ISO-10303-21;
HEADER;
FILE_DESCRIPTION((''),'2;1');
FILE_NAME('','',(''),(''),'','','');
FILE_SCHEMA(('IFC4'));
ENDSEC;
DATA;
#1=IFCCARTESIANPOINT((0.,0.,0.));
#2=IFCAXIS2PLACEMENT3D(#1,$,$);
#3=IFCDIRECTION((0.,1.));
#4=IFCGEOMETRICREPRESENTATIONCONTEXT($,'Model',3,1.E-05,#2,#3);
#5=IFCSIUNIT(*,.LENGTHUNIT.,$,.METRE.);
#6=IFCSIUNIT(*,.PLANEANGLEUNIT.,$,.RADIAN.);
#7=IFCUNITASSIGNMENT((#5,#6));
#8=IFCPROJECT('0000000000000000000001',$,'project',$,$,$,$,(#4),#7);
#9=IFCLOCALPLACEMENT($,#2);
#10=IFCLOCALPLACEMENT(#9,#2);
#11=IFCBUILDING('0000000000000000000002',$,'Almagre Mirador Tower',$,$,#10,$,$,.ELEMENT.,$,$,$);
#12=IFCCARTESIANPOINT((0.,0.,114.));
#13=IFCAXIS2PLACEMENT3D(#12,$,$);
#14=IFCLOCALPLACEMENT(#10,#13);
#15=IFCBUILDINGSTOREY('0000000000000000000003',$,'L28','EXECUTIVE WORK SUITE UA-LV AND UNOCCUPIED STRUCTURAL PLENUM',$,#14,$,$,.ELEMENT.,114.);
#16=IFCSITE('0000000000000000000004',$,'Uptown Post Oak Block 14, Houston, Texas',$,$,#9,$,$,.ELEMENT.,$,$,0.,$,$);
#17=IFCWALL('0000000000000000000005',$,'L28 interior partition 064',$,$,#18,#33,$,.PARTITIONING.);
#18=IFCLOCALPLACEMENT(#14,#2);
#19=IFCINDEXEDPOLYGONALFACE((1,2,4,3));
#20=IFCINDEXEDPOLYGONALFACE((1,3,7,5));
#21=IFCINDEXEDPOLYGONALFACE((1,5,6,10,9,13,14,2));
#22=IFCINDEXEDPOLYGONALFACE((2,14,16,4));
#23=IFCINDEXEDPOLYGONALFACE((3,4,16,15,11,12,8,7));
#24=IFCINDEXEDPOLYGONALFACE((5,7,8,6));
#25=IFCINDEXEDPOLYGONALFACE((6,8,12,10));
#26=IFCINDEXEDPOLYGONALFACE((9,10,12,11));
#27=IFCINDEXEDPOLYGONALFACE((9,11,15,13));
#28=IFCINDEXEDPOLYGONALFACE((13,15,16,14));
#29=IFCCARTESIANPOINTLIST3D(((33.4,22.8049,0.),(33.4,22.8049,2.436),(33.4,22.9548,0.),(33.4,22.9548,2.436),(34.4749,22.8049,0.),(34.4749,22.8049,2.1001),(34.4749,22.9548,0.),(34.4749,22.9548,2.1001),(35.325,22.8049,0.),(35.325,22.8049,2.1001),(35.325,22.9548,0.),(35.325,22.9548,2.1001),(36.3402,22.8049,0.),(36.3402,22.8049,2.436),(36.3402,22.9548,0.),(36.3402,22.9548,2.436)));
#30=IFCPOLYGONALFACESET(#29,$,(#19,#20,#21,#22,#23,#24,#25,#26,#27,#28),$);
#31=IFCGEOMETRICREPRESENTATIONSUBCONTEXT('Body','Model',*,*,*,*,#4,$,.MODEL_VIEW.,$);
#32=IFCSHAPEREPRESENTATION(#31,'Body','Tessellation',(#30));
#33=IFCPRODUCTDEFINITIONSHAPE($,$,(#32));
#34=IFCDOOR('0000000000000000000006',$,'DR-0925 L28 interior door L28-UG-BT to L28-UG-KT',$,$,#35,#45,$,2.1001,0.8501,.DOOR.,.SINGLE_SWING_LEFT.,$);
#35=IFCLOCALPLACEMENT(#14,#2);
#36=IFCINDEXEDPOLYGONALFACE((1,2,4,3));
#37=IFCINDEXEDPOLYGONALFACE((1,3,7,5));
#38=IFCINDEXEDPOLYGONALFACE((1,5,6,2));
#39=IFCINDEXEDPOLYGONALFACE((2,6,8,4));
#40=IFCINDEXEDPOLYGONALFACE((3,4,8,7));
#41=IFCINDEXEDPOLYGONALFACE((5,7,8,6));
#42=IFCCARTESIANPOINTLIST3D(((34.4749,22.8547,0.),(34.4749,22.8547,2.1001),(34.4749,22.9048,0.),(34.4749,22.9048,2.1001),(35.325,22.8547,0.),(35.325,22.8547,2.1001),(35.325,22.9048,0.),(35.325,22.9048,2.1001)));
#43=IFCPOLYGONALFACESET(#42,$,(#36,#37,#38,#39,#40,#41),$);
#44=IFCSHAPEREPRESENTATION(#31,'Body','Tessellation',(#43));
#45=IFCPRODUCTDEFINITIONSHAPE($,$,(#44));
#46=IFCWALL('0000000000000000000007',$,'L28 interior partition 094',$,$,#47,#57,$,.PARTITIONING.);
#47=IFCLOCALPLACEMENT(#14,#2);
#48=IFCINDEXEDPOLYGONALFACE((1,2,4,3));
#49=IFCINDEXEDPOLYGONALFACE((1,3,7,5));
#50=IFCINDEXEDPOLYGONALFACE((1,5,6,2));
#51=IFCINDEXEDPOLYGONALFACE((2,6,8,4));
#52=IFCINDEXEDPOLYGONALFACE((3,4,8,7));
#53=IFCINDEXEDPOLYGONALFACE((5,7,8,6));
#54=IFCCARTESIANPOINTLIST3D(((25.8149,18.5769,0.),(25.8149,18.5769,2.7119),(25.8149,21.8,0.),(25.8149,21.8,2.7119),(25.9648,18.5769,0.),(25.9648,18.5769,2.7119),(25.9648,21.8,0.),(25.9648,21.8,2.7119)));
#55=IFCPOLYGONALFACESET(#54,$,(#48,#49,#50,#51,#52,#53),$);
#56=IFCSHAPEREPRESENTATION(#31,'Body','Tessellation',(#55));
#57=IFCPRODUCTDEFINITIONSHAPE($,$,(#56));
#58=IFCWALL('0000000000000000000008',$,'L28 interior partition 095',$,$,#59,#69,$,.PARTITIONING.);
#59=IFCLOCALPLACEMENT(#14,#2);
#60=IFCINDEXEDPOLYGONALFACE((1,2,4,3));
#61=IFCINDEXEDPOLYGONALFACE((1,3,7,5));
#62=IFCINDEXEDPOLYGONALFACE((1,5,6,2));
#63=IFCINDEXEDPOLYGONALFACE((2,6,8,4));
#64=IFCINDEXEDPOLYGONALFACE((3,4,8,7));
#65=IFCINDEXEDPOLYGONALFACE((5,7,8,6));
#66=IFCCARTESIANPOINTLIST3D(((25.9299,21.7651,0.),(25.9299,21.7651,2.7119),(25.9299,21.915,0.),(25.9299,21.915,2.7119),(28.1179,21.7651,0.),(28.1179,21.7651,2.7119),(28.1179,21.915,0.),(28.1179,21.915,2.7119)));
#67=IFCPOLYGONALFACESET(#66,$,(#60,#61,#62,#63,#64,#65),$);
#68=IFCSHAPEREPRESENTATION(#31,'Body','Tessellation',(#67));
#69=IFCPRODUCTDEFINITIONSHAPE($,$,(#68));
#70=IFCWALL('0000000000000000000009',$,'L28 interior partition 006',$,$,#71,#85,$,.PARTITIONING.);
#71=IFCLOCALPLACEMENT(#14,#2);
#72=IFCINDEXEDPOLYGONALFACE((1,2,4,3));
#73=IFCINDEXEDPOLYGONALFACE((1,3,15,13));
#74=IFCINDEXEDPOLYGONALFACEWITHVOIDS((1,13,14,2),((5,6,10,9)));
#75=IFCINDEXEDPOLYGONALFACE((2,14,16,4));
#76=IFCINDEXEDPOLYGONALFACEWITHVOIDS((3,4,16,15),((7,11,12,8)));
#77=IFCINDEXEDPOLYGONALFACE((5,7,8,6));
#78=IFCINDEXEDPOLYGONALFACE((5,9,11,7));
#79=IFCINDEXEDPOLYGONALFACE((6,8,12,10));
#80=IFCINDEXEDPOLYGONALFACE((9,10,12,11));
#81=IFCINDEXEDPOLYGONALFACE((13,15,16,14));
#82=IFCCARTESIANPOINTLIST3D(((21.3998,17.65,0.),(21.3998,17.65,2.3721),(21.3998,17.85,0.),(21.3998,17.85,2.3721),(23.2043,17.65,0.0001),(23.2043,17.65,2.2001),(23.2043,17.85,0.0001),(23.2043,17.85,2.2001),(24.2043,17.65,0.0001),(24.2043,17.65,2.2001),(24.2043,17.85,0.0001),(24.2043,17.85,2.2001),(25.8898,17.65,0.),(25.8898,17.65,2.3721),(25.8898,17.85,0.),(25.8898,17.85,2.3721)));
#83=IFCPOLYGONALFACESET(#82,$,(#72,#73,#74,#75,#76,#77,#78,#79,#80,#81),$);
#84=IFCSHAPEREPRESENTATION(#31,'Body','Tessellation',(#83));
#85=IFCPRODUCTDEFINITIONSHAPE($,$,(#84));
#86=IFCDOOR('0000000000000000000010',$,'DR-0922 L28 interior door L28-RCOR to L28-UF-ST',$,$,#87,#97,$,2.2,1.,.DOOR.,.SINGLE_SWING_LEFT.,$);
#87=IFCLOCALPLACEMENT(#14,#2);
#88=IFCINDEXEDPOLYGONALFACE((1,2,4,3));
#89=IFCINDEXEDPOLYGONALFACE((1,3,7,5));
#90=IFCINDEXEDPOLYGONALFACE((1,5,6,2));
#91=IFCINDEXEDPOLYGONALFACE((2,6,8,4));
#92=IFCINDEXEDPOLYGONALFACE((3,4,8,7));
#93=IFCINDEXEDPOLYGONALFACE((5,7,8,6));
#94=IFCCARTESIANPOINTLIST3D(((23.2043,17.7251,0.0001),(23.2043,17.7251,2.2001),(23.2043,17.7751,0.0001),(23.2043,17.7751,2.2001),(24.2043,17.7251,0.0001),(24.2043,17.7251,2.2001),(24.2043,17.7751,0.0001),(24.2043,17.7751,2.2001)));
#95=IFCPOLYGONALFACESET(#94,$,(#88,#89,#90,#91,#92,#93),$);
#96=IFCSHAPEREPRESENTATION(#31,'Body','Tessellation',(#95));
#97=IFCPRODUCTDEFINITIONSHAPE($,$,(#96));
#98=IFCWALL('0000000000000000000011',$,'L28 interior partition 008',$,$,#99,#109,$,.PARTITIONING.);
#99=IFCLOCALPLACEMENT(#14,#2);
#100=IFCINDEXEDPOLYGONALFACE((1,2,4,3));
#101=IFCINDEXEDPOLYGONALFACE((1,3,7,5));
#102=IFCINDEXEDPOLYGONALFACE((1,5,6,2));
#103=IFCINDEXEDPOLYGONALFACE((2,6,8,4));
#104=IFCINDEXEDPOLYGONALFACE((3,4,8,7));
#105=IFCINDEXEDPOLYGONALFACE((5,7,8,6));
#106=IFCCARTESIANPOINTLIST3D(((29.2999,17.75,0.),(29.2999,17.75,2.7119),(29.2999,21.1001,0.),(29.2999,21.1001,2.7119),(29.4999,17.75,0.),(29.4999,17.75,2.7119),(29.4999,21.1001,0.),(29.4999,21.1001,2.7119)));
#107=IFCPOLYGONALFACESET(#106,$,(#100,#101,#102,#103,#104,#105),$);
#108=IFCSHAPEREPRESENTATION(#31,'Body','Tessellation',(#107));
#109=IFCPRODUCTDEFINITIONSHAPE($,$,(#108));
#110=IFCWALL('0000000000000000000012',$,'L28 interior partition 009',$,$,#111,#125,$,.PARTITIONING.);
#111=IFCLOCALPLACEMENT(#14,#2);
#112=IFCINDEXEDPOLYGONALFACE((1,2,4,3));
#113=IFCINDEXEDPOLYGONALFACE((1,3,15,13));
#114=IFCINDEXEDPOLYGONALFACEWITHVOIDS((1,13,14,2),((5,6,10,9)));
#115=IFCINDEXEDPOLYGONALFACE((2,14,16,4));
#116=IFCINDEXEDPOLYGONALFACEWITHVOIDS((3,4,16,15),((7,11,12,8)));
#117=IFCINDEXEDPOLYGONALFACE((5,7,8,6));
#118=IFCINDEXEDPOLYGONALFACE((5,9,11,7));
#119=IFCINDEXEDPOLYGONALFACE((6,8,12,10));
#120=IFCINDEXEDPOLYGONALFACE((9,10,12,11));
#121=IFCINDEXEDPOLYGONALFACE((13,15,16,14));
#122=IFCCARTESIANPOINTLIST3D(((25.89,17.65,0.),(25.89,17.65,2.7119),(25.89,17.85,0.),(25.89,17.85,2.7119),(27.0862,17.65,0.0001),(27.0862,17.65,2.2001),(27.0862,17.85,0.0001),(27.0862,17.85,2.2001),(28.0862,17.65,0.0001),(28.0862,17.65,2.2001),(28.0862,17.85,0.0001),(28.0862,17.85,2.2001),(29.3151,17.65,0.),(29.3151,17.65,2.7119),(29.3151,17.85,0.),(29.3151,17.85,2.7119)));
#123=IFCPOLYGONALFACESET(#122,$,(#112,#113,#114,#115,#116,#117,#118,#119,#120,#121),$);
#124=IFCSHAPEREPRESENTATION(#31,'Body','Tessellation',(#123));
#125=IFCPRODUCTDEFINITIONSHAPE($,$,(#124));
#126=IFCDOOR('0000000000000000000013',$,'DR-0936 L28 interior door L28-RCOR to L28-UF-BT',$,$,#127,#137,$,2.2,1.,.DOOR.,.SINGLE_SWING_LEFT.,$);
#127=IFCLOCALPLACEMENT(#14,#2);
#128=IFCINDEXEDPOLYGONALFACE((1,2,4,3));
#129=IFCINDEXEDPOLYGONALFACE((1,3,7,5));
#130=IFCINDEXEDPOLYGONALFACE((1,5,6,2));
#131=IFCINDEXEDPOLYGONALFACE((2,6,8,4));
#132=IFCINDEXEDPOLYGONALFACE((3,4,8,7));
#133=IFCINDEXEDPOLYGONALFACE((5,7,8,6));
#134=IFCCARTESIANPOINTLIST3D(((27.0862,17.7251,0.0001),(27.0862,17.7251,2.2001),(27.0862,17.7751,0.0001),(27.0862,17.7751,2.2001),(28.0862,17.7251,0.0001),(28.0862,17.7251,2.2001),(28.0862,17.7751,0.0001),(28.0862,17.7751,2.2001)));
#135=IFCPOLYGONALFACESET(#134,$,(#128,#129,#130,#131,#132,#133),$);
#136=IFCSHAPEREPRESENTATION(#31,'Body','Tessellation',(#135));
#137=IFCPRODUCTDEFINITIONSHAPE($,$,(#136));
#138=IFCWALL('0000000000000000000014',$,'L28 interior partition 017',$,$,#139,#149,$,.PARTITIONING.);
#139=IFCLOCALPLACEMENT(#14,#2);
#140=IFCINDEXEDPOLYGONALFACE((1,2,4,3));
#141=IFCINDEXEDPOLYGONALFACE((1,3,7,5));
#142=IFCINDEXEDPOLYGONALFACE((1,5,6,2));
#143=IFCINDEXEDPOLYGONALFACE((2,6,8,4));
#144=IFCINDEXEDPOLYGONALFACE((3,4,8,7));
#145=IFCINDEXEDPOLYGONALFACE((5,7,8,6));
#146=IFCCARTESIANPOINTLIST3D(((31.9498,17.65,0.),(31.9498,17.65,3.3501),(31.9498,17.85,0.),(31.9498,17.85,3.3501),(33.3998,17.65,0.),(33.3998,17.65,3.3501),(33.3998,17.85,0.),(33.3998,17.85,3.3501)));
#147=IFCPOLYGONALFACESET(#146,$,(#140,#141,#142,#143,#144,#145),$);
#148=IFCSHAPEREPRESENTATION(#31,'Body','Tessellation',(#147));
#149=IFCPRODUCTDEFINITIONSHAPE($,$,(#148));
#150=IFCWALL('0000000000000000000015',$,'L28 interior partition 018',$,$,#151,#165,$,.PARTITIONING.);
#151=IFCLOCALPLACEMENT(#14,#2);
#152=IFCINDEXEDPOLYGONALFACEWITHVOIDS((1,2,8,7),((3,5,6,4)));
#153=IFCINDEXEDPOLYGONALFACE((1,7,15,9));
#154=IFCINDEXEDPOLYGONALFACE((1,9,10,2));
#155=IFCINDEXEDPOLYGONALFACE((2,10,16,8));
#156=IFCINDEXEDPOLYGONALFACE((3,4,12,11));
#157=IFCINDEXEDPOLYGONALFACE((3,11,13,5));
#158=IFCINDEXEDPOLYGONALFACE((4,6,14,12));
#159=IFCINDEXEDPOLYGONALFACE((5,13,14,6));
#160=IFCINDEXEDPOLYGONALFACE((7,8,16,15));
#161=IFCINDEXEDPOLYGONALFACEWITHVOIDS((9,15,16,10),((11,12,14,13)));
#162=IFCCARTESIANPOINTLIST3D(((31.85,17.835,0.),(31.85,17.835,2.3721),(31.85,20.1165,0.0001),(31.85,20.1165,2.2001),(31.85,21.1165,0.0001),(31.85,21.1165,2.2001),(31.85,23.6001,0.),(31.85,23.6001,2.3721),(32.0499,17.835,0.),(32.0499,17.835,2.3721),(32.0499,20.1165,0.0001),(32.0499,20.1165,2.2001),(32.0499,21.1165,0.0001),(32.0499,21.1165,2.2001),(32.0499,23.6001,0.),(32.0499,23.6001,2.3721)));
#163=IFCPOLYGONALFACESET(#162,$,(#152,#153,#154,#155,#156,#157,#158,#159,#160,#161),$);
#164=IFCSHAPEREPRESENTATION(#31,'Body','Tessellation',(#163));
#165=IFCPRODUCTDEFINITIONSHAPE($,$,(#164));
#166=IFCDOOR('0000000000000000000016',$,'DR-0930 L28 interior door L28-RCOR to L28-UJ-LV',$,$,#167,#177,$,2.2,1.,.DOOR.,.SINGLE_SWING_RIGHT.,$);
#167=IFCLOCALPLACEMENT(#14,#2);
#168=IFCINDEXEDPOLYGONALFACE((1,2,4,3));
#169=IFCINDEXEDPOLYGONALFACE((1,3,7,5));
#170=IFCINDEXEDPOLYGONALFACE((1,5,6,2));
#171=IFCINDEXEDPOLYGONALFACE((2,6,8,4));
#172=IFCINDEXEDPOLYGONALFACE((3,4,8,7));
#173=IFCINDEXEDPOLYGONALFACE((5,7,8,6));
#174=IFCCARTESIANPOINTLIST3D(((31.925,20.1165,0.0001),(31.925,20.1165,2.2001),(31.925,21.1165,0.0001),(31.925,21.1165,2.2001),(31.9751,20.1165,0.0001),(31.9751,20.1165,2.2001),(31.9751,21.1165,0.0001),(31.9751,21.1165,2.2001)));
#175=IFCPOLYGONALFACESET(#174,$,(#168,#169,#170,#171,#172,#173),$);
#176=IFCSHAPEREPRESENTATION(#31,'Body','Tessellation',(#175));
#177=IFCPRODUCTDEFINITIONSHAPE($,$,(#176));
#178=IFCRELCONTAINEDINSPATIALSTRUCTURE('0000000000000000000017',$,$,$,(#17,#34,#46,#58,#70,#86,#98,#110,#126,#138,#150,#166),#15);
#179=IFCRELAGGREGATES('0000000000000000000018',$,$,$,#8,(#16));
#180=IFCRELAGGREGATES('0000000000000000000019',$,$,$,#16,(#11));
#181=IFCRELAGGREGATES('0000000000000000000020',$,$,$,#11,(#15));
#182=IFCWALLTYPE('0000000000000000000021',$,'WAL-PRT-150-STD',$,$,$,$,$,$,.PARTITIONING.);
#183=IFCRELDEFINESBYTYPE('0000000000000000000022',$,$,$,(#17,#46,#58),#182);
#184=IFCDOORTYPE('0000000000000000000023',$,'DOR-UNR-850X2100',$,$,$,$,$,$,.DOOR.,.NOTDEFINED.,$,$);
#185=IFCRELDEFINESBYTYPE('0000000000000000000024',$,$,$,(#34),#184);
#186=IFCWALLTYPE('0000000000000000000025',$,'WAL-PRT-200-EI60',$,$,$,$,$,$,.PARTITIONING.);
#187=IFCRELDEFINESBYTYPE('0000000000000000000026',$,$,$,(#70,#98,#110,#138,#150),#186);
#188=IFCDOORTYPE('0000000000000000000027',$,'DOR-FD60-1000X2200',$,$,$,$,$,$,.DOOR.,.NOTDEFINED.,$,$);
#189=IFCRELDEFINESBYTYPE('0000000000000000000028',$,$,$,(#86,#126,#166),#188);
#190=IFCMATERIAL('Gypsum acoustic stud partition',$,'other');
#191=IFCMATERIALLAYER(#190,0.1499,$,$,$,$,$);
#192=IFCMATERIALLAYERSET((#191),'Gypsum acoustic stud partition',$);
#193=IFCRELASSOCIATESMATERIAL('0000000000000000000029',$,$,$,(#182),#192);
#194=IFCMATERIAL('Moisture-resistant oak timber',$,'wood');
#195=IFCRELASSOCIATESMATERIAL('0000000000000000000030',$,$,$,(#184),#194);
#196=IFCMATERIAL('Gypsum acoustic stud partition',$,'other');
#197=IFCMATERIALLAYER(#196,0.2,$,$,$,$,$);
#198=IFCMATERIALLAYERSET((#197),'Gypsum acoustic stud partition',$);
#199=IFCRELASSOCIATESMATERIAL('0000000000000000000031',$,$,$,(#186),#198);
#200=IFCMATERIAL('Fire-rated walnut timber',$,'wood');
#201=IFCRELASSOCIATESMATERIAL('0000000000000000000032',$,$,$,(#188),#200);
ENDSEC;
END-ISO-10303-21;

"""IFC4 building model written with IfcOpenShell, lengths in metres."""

from ifc_helpers import new_model, si_unit, direction, frame, frame_2d, origin, place, context, subcontext, project, spatial, rectangle, extrude, material, layer, layer_set, type_object, element, fill, save


model = new_model("IFC4")

# Units and contexts
model_context = context("Model", 3, precision=1e-05, world=origin(), true_north=direction((0.0, 1.0)))
body_context = subcontext(model_context, "Body", "Model", "MODEL_VIEW")
ifc_project = project(units=[si_unit("LENGTHUNIT", "METRE"), si_unit("PLANEANGLEUNIT", "RADIAN")], contexts=[model_context])

# Site, building, storey
site_placement = place(None, origin())
site = spatial("IfcSite", under=ifc_project, at=site_placement, Name="Uptown Post Oak Block 14, Houston, Texas", CompositionType="ELEMENT", RefElevation=0.0)
building_placement = place(site_placement, origin())
building = spatial("IfcBuilding", under=site, at=building_placement, Name="Almagre Mirador Tower", CompositionType="ELEMENT")
storey_placement = place(building_placement, frame((0.0, 0.0, 114.0)))
storey = spatial("IfcBuildingStorey", under=building, at=storey_placement, Name="L28", Description="EXECUTIVE WORK SUITE UA-LV AND UNOCCUPIED STRUCTURAL PLENUM", CompositionType="ELEMENT", Elevation=114.0)

# Shared definitions
ifc_material_1 = material(Name="Gypsum acoustic stud partition", Category="other")
ifc_layer_1 = layer(ifc_material_1, 0.1499)
ifc_layer_set_1 = layer_set([ifc_layer_1], Name="Gypsum acoustic stud partition")
wall_type_1 = type_object("IfcWallType", Name="WAL-PRT-150-STD", PredefinedType="PARTITIONING", material=ifc_layer_set_1)

# Wall, opening, door
wall_1_placement = place(storey_placement, frame((33.3999, 22.8799, 0.0), z_axis=(0.0, 0.0, 1.0), x_axis=(1.0, 0.0, 0.0)))
wall_1 = element("IfcWall", 1, at=wall_1_placement, inside=storey, type_object=wall_type_1, Name="L28 interior partition 064", PredefinedType="PARTITIONING", context=body_context, shape_type="SweptSolid", body=[
    extrude(rectangle(XDim=2.9402, YDim=0.1499, at=frame_2d((1.4702, 0.0))), origin(), (0.0, 0.0, 1.0), 2.436),
])
opening_1_placement = place(wall_1_placement, frame((1.075, 0.0, 0.0)))
opening_1 = element("IfcOpeningElement", 2, at=opening_1_placement, cuts=wall_1, PredefinedType="OPENING", context=body_context, shape_type="SweptSolid", body=[
    extrude(rectangle(XDim=0.8501, YDim=2.1001, at=frame_2d((0.425, 1.05))), frame((0.0, 0.085, 0.0), z_axis=(0.0, -1.0, 0.0), x_axis=(1.0, 0.0, 0.0)), (0.0, 0.0, 1.0), 0.1699),
])
ifc_material_2 = material(Name="Moisture-resistant oak timber", Category="wood")
door_type_1 = type_object("IfcDoorType", Name="DOR-UNR-850X2100", OperationType="NOTDEFINED", PredefinedType="DOOR", material=ifc_material_2)
door_1_placement = place(opening_1_placement, origin())
door_1 = element("IfcDoor", 3, at=door_1_placement, inside=storey, type_object=door_type_1, Name="DR-0925 L28 interior door L28-UG-BT to L28-UG-KT", OperationType="SINGLE_SWING_LEFT", OverallHeight=2.1001, OverallWidth=0.8501, PredefinedType="DOOR", context=body_context, shape_type="SweptSolid", body=[
    extrude(rectangle(XDim=0.8501, YDim=2.1001, at=frame_2d((0.425, 1.05))), frame((0.0, 0.0249, 0.0), z_axis=(0.0, -1.0, 0.0), x_axis=(1.0, 0.0, 0.0)), (0.0, 0.0, 1.0), 0.05),
])
fill(opening_1, door_1)

# Walls
wall_2_placement = place(storey_placement, frame((25.8899, 18.5769, 0.0), z_axis=(0.0, 0.0, 1.0), x_axis=(0.0, 1.0, 0.0)))
element("IfcWall", 4, at=wall_2_placement, inside=storey, type_object=wall_type_1, Name="L28 interior partition 094", PredefinedType="PARTITIONING", context=body_context, shape_type="SweptSolid", body=[
    extrude(rectangle(XDim=3.2231, YDim=0.1499, at=frame_2d((1.6116, 0.0))), origin(), (0.0, 0.0, 1.0), 2.7119),
])
wall_3_placement = place(storey_placement, frame((25.9299, 21.8401, 0.0), z_axis=(0.0, 0.0, 1.0), x_axis=(1.0, 0.0, 0.0)))
element("IfcWall", 5, at=wall_3_placement, inside=storey, type_object=wall_type_1, Name="L28 interior partition 095", PredefinedType="PARTITIONING", context=body_context, shape_type="SweptSolid", body=[
    extrude(rectangle(XDim=2.188, YDim=0.1499, at=frame_2d((1.094, 0.0))), origin(), (0.0, 0.0, 1.0), 2.7119),
])

# Wall, opening, door
ifc_material_3 = material(Name="Gypsum acoustic stud partition", Category="other")
ifc_layer_2 = layer(ifc_material_3, 0.2)
ifc_layer_set_2 = layer_set([ifc_layer_2], Name="Gypsum acoustic stud partition")
wall_type_2 = type_object("IfcWallType", Name="WAL-PRT-200-EI60", PredefinedType="PARTITIONING", material=ifc_layer_set_2)
wall_4_placement = place(storey_placement, frame((25.8899, 17.75, 0.0), z_axis=(0.0, 0.0, 1.0), x_axis=(-1.0, 0.0, 0.0)))
wall_4 = element("IfcWall", 6, at=wall_4_placement, inside=storey, type_object=wall_type_2, Name="L28 interior partition 006", PredefinedType="PARTITIONING", context=body_context, shape_type="SweptSolid", body=[
    extrude(rectangle(XDim=4.49, YDim=0.2, at=frame_2d((2.2451, 0.0))), origin(), (0.0, 0.0, 1.0), 2.3721),
])
opening_2_placement = place(wall_4_placement, frame((1.6855, 0.0, 0.0)))
opening_2 = element("IfcOpeningElement", 7, at=opening_2_placement, cuts=wall_4, PredefinedType="OPENING", context=body_context, shape_type="SweptSolid", body=[
    extrude(rectangle(XDim=1.0, YDim=2.2, at=frame_2d((0.5, 1.1001))), frame((0.0, 0.1101, 0.0), z_axis=(0.0, -1.0, 0.0), x_axis=(1.0, 0.0, 0.0)), (0.0, 0.0, 1.0), 0.22),
])
ifc_material_4 = material(Name="Fire-rated walnut timber", Category="wood")
door_type_2 = type_object("IfcDoorType", Name="DOR-FD60-1000X2200", OperationType="NOTDEFINED", PredefinedType="DOOR", material=ifc_material_4)
door_2_placement = place(opening_2_placement, origin())
door_2 = element("IfcDoor", 8, at=door_2_placement, inside=storey, type_object=door_type_2, Name="DR-0922 L28 interior door L28-RCOR to L28-UF-ST", OperationType="SINGLE_SWING_LEFT", OverallHeight=2.2, OverallWidth=1.0, PredefinedType="DOOR", context=body_context, shape_type="SweptSolid", body=[
    extrude(rectangle(XDim=1.0, YDim=2.2, at=frame_2d((0.5, 1.1001))), frame((0.0, 0.0249, 0.0), z_axis=(0.0, -1.0, 0.0), x_axis=(1.0, 0.0, 0.0)), (0.0, 0.0, 1.0), 0.05),
])
fill(opening_2, door_2)

# Wall
wall_5_placement = place(storey_placement, frame((29.3999, 21.1001, 0.0), z_axis=(0.0, 0.0, 1.0), x_axis=(0.0, -1.0, 0.0)))
element("IfcWall", 9, at=wall_5_placement, inside=storey, type_object=wall_type_2, Name="L28 interior partition 008", PredefinedType="PARTITIONING", context=body_context, shape_type="SweptSolid", body=[
    extrude(rectangle(XDim=3.3501, YDim=0.2, at=frame_2d((1.675, 0.0))), origin(), (0.0, 0.0, 1.0), 2.7119),
])

# Wall, opening, door
wall_6_placement = place(storey_placement, frame((29.3149, 17.75, 0.0), z_axis=(0.0, 0.0, 1.0), x_axis=(-1.0, 0.0, 0.0)))
wall_6 = element("IfcWall", 10, at=wall_6_placement, inside=storey, type_object=wall_type_2, Name="L28 interior partition 009", PredefinedType="PARTITIONING", context=body_context, shape_type="SweptSolid", body=[
    extrude(rectangle(XDim=3.425, YDim=0.2, at=frame_2d((1.7124, 0.0))), origin(), (0.0, 0.0, 1.0), 2.7119),
])
opening_3_placement = place(wall_6_placement, frame((1.2288, 0.0, 0.0)))
opening_3 = element("IfcOpeningElement", 11, at=opening_3_placement, cuts=wall_6, PredefinedType="OPENING", context=body_context, shape_type="SweptSolid", body=[
    extrude(rectangle(XDim=1.0, YDim=2.2, at=frame_2d((0.5, 1.1001))), frame((0.0, 0.1101, 0.0), z_axis=(0.0, -1.0, 0.0), x_axis=(1.0, 0.0, 0.0)), (0.0, 0.0, 1.0), 0.22),
])
door_3_placement = place(opening_3_placement, origin())
door_3 = element("IfcDoor", 12, at=door_3_placement, inside=storey, type_object=door_type_2, Name="DR-0936 L28 interior door L28-RCOR to L28-UF-BT", OperationType="SINGLE_SWING_LEFT", OverallHeight=2.2, OverallWidth=1.0, PredefinedType="DOOR", context=body_context, shape_type="SweptSolid", body=[
    extrude(rectangle(XDim=1.0, YDim=2.2, at=frame_2d((0.5, 1.1001))), frame((0.0, 0.0249, 0.0), z_axis=(0.0, -1.0, 0.0), x_axis=(1.0, 0.0, 0.0)), (0.0, 0.0, 1.0), 0.05),
])
fill(opening_3, door_3)

# Wall
wall_7_placement = place(storey_placement, frame((33.3999, 17.75, 0.0), z_axis=(0.0, 0.0, 1.0), x_axis=(-1.0, 0.0, 0.0)))
element("IfcWall", 13, at=wall_7_placement, inside=storey, type_object=wall_type_2, Name="L28 interior partition 017", PredefinedType="PARTITIONING", context=body_context, shape_type="SweptSolid", body=[
    extrude(rectangle(XDim=1.45, YDim=0.2, at=frame_2d((0.7251, 0.0))), origin(), (0.0, 0.0, 1.0), 3.3501),
])

# Wall, opening, door
wall_8_placement = place(storey_placement, frame((31.95, 17.835, 0.0), z_axis=(0.0, 0.0, 1.0), x_axis=(0.0, 1.0, 0.0)))
wall_8 = element("IfcWall", 14, at=wall_8_placement, inside=storey, type_object=wall_type_2, Name="L28 interior partition 018", PredefinedType="PARTITIONING", context=body_context, shape_type="SweptSolid", body=[
    extrude(rectangle(XDim=5.7651, YDim=0.2, at=frame_2d((2.8826, 0.0))), origin(), (0.0, 0.0, 1.0), 2.3721),
])
opening_4_placement = place(wall_8_placement, frame((2.2815, 0.0, 0.0)))
opening_4 = element("IfcOpeningElement", 15, at=opening_4_placement, cuts=wall_8, PredefinedType="OPENING", context=body_context, shape_type="SweptSolid", body=[
    extrude(rectangle(XDim=1.0, YDim=2.2, at=frame_2d((0.5, 1.1001))), frame((0.0, 0.1101, 0.0), z_axis=(0.0, -1.0, 0.0), x_axis=(1.0, 0.0, 0.0)), (0.0, 0.0, 1.0), 0.22),
])
door_4_placement = place(opening_4_placement, origin())
door_4 = element("IfcDoor", 16, at=door_4_placement, inside=storey, type_object=door_type_2, Name="DR-0930 L28 interior door L28-RCOR to L28-UJ-LV", OperationType="SINGLE_SWING_RIGHT", OverallHeight=2.2, OverallWidth=1.0, PredefinedType="DOOR", context=body_context, shape_type="SweptSolid", body=[
    extrude(rectangle(XDim=1.0, YDim=2.2, at=frame_2d((0.5, 1.1001))), frame((0.0, 0.0249, 0.0), z_axis=(0.0, -1.0, 0.0), x_axis=(1.0, 0.0, 0.0)), (0.0, 0.0, 1.0), 0.05),
])
fill(opening_4, door_4)

save(model, "model.ifc")
